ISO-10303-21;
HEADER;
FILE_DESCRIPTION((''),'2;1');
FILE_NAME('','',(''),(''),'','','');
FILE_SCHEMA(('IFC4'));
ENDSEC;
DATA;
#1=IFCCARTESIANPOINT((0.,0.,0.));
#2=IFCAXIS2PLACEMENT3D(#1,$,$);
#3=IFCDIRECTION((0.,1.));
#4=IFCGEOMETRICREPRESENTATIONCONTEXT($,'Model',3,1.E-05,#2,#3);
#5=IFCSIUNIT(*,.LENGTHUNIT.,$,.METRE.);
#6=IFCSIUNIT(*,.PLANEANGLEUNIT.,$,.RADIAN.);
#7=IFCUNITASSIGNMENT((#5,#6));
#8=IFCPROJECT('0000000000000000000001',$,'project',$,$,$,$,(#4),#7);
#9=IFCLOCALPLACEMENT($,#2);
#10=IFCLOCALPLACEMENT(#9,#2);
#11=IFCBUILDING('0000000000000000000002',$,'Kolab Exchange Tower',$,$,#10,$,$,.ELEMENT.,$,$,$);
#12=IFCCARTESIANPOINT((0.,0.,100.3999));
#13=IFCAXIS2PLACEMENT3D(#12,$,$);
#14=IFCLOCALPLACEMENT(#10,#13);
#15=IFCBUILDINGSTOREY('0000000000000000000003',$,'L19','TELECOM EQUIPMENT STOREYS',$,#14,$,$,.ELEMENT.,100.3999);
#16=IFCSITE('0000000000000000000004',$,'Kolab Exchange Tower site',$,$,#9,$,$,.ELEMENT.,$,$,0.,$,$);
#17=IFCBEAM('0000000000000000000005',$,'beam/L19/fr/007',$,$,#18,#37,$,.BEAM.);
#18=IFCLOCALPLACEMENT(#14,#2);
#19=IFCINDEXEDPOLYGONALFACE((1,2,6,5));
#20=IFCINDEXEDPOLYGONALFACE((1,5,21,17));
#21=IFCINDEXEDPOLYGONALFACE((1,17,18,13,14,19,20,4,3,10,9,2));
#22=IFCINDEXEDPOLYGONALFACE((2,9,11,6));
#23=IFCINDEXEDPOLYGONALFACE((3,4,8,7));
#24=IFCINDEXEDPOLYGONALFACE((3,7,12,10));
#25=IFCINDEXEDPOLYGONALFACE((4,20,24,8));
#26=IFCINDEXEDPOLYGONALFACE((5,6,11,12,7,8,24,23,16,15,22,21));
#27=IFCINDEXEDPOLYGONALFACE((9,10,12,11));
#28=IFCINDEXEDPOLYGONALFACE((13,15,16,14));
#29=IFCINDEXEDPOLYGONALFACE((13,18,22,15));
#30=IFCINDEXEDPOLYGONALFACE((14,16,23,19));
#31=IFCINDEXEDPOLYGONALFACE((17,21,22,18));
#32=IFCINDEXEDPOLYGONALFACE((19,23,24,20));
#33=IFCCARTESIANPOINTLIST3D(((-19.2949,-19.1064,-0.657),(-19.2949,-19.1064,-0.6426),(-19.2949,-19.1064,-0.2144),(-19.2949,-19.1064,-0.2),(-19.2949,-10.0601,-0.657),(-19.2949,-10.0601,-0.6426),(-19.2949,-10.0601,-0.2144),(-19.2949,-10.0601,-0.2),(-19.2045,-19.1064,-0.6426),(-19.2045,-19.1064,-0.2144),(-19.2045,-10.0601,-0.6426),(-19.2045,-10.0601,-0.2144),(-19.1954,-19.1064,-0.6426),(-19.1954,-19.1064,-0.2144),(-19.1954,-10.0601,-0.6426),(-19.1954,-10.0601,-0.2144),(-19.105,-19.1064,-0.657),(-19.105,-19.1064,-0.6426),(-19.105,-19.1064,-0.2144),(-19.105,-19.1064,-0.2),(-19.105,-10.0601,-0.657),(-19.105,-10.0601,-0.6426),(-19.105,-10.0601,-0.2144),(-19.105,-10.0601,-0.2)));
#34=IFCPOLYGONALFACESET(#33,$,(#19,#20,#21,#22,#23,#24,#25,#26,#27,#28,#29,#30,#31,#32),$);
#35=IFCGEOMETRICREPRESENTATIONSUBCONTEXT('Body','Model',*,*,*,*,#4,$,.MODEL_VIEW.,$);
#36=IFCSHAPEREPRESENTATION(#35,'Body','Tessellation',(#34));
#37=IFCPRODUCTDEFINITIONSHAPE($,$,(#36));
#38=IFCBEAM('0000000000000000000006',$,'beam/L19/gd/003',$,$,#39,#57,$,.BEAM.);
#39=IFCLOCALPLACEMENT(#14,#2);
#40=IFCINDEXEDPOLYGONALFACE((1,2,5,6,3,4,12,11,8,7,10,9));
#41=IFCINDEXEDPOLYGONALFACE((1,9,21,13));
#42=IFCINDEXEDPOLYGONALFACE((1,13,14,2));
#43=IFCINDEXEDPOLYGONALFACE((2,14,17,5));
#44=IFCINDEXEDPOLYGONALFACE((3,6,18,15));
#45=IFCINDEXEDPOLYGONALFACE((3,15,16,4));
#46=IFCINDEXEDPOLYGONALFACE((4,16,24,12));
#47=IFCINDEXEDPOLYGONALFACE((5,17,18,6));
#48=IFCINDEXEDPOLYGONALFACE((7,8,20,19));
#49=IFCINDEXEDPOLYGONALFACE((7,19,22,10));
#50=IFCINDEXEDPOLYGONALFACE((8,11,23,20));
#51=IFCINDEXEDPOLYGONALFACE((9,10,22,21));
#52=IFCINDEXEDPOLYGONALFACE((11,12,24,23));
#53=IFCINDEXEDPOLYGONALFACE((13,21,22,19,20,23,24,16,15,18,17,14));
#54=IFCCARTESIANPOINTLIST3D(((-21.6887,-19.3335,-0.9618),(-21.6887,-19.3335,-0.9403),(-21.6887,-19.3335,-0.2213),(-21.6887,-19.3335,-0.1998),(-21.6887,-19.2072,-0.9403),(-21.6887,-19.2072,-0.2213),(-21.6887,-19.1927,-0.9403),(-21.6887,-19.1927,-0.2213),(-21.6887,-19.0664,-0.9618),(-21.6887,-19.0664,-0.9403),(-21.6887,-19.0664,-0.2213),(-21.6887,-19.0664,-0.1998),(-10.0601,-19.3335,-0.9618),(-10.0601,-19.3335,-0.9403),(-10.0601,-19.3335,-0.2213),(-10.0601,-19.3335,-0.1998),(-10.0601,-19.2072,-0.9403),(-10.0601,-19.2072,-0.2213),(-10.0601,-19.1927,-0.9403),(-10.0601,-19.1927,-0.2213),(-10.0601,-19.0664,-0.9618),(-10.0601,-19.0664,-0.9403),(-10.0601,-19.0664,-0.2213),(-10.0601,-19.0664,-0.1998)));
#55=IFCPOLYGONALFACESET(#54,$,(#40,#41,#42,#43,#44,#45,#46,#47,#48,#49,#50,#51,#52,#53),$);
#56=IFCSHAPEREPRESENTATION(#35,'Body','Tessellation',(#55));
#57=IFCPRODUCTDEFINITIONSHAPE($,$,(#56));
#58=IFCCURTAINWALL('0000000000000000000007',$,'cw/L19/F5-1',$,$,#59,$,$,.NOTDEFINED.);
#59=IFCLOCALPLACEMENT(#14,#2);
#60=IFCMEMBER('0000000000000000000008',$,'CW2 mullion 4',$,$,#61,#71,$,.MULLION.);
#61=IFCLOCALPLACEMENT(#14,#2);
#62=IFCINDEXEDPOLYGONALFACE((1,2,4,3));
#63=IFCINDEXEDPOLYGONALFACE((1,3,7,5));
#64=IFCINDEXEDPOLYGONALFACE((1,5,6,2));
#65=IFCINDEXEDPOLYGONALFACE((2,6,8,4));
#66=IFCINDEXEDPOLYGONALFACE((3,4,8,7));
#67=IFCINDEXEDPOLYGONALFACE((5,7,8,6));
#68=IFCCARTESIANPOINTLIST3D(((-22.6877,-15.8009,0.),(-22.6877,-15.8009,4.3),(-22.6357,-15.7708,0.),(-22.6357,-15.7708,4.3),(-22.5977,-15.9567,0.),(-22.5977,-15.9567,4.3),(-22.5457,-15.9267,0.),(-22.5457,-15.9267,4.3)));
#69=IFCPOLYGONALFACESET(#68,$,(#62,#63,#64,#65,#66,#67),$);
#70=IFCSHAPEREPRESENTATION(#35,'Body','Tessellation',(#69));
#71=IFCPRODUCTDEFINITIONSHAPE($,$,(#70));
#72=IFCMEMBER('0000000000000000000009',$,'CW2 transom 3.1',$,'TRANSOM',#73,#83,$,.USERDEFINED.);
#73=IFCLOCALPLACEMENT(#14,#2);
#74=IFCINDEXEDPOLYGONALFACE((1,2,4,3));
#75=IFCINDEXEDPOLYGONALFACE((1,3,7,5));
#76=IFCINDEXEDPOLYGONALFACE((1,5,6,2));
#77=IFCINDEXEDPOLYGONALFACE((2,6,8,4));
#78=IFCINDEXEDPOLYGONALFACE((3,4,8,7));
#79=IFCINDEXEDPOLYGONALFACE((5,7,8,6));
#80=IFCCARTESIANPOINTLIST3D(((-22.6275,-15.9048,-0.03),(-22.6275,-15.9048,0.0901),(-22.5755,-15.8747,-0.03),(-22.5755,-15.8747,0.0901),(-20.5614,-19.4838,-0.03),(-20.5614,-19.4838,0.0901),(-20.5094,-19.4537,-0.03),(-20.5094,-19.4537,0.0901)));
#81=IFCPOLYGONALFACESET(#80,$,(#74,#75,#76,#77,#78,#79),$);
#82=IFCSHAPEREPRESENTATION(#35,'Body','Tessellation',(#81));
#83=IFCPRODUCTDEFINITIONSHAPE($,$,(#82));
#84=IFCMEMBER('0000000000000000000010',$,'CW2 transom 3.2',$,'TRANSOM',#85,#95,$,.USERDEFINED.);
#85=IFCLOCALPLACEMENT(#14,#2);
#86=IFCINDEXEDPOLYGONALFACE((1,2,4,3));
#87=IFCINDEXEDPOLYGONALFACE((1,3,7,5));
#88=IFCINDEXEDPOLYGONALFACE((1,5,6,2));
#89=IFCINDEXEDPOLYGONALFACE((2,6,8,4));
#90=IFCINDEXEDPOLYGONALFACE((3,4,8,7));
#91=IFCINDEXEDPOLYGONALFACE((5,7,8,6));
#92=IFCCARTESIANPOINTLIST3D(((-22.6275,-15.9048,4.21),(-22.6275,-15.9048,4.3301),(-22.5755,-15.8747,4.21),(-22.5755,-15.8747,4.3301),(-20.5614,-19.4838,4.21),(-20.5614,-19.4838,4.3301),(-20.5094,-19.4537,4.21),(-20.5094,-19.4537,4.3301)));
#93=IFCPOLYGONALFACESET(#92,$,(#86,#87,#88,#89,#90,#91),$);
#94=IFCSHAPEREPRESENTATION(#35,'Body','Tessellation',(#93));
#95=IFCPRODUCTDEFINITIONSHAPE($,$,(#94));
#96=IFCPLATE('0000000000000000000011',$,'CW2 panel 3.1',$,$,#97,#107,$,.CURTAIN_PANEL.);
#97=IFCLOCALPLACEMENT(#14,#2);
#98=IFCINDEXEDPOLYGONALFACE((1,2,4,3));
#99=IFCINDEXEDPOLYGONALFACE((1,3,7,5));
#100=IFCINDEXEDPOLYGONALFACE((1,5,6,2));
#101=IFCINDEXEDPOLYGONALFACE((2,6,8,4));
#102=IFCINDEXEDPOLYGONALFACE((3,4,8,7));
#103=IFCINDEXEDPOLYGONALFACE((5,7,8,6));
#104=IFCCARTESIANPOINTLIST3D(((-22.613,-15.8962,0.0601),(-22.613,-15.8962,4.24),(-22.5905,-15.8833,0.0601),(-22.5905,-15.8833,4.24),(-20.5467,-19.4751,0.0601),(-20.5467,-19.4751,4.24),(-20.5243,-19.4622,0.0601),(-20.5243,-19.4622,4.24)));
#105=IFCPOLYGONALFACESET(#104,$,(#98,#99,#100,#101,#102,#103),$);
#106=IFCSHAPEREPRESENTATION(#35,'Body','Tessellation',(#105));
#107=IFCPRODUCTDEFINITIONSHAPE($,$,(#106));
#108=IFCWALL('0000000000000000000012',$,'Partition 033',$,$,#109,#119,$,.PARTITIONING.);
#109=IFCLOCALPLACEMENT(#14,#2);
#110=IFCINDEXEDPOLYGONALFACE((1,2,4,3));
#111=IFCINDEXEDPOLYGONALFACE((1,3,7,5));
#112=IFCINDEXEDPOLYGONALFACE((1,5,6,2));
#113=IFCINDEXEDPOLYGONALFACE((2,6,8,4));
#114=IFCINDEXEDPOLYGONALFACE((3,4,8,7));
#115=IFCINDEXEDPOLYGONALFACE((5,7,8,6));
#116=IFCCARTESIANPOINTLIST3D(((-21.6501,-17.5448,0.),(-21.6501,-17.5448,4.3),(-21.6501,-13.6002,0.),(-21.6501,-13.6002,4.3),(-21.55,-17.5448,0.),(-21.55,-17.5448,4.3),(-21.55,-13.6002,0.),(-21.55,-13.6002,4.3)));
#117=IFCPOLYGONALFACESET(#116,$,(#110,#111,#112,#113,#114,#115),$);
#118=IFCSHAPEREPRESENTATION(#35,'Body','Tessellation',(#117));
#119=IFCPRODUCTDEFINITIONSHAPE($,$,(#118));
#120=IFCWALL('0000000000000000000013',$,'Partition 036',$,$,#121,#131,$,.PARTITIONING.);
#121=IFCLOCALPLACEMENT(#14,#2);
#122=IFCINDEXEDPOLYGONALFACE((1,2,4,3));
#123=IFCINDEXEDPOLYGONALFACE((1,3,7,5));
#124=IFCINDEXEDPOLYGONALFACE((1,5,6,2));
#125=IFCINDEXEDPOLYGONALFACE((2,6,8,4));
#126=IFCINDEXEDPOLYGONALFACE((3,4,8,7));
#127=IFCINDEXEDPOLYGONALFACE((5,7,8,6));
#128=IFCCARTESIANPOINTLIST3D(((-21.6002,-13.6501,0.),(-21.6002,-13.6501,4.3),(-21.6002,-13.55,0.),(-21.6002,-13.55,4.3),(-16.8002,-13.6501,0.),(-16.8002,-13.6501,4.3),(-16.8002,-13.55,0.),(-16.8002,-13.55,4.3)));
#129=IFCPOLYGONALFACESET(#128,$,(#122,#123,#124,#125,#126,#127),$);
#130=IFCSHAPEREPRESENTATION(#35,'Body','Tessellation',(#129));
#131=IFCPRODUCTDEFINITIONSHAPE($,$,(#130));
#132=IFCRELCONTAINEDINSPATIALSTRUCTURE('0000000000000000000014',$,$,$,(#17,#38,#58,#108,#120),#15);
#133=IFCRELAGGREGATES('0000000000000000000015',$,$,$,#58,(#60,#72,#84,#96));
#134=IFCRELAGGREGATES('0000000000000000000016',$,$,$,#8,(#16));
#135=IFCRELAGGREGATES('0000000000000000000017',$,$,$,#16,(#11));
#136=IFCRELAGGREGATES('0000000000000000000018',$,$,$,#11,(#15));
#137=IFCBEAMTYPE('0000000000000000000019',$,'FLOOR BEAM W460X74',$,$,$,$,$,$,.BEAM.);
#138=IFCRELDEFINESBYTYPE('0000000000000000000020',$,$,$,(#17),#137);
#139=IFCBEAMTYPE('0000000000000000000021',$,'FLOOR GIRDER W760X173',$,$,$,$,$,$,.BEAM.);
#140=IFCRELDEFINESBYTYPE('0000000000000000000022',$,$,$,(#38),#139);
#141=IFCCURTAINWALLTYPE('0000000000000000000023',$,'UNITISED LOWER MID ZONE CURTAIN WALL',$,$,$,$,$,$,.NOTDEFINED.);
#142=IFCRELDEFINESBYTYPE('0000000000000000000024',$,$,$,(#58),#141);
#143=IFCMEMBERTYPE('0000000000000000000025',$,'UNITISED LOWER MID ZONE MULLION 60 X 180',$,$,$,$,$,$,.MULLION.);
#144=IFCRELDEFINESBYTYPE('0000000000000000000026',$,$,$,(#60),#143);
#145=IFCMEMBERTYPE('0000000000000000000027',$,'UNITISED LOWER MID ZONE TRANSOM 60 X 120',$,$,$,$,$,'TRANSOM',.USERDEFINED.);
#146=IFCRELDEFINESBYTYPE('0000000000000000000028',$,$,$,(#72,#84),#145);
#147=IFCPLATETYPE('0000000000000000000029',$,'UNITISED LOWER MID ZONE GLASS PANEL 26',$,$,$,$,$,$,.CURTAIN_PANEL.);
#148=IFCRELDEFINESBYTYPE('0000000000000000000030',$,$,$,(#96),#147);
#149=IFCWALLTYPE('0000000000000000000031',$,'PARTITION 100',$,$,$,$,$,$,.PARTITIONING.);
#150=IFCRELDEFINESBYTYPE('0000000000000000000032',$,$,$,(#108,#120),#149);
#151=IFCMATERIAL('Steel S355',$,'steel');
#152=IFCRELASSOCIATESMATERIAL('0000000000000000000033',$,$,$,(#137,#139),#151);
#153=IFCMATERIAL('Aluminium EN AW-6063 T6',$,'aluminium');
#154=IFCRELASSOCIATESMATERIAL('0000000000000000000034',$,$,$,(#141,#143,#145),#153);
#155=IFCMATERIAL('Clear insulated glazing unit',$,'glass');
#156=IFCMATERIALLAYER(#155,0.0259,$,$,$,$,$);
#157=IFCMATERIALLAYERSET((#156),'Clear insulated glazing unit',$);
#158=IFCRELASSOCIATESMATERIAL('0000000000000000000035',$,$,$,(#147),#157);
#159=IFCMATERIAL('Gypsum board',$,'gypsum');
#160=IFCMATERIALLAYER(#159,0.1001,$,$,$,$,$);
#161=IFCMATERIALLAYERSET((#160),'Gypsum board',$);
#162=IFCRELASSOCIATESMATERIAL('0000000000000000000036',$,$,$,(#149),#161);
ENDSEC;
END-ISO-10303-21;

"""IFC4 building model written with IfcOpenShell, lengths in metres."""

from ifc_helpers import new_model, si_unit, direction, frame, frame_2d, origin, origin_2d, place, context, subcontext, project, spatial, rectangle, i_section, extrude, material, layer, layer_set, material_profile, profile_set, type_object, element, aggregate, save


model = new_model("IFC4")

# Units and contexts
model_context = context("Model", 3, precision=1e-05, world=origin(), true_north=direction((0.0, 1.0)))
body_context = subcontext(model_context, "Body", "Model", "MODEL_VIEW")
ifc_project = project(units=[si_unit("LENGTHUNIT", "METRE"), si_unit("PLANEANGLEUNIT", "RADIAN")], contexts=[model_context])

# Site, building, storey
site_placement = place(None, origin())
site = spatial("IfcSite", under=ifc_project, at=site_placement, Name="Kolab Exchange Tower site", CompositionType="ELEMENT", RefElevation=0.0)
building_placement = place(site_placement, origin())
building = spatial("IfcBuilding", under=site, at=building_placement, Name="Kolab Exchange Tower", CompositionType="ELEMENT")
storey_placement = place(building_placement, frame((0.0, 0.0, 100.3999)))
storey = spatial("IfcBuildingStorey", under=building, at=storey_placement, Name="L19", Description="TELECOM EQUIPMENT STOREYS", CompositionType="ELEMENT", Elevation=100.3999)

# Beams
ifc_material_1 = material(Name="Steel S355", Category="steel")
ifc_material_profile_1 = material_profile(ifc_material_1, i_section(OverallWidth=0.1899, OverallDepth=0.457, WebThickness=0.009, FlangeThickness=0.0144, at=origin_2d()), Name="W460X74")
ifc_profile_set_1 = profile_set([ifc_material_profile_1], Name="Steel S355")
beam_type_1 = type_object("IfcBeamType", Name="FLOOR BEAM W460X74", PredefinedType="BEAM", material=ifc_profile_set_1)
beam_1_placement = place(storey_placement, frame((-19.2, -19.1064, -0.4285), z_axis=(0.0, 1.0, 0.0), x_axis=(-1.0, 0.0, 0.0)))
element("IfcBeam", 1, at=beam_1_placement, inside=storey, type_object=beam_type_1, Name="beam/L19/fr/007", PredefinedType="BEAM", context=body_context, shape_type="SweptSolid", body=[
    extrude(i_section(OverallWidth=0.1899, OverallDepth=0.457, WebThickness=0.009, FlangeThickness=0.0144, at=origin_2d()), origin(), (0.0, 0.0, 1.0), 9.0464),
])
ifc_material_profile_2 = material_profile(ifc_material_1, i_section(OverallWidth=0.2671, OverallDepth=0.762, WebThickness=0.0144, FlangeThickness=0.0215, at=origin_2d()), Name="W760X173")
ifc_profile_set_2 = profile_set([ifc_material_profile_2], Name="Steel S355")
beam_type_2 = type_object("IfcBeamType", Name="FLOOR GIRDER W760X173", PredefinedType="BEAM", material=ifc_profile_set_2)
beam_2_placement = place(storey_placement, frame((-21.6887, -19.2, -0.5808), z_axis=(1.0, 0.0, 0.0), x_axis=(0.0, 1.0, 0.0)))
element("IfcBeam", 2, at=beam_2_placement, inside=storey, type_object=beam_type_2, Name="beam/L19/gd/003", PredefinedType="BEAM", context=body_context, shape_type="SweptSolid", body=[
    extrude(i_section(OverallWidth=0.2671, OverallDepth=0.762, WebThickness=0.0144, FlangeThickness=0.0215, at=origin_2d()), origin(), (0.0, 0.0, 1.0), 11.6287),
])

# Curtain wall, members, plate
ifc_material_2 = material(Name="Aluminium EN AW-6063 T6", Category="aluminium")
curtain_wall_type = type_object("IfcCurtainWallType", Name="UNITISED LOWER MID ZONE CURTAIN WALL", PredefinedType="NOTDEFINED", material=ifc_material_2)
curtain_wall_placement = place(storey_placement, origin())
curtain_wall = element("IfcCurtainWall", 3, at=curtain_wall_placement, inside=storey, type_object=curtain_wall_type, Name="cw/L19/F5-1", PredefinedType="NOTDEFINED")
ifc_material_profile_3 = material_profile(ifc_material_2, rectangle(XDim=0.0601, YDim=0.1799, at=origin_2d()), Name="RECT 60X180")
ifc_profile_set_3 = profile_set([ifc_material_profile_3], Name="Aluminium EN AW-6063 T6")
member_type_1 = type_object("IfcMemberType", Name="UNITISED LOWER MID ZONE MULLION 60 X 180", PredefinedType="MULLION", material=ifc_profile_set_3)
member_1_placement = place(storey_placement, frame((-22.6167, -15.8638, 0.0), z_axis=(0.0, 0.0, 1.0), x_axis=(-0.866025, -0.5, 0.0)))
member_1 = element("IfcMember", 4, at=member_1_placement, type_object=member_type_1, Name="CW2 mullion 4", PredefinedType="MULLION", context=body_context, shape_type="SweptSolid", body=[
    extrude(rectangle(XDim=0.0601, YDim=0.1799, at=origin_2d()), origin(), (0.0, 0.0, 1.0), 4.3),
])
ifc_material_profile_4 = material_profile(ifc_material_2, rectangle(XDim=0.0601, YDim=0.1201, at=origin_2d()), Name="RECT 60X120")
ifc_profile_set_4 = profile_set([ifc_material_profile_4], Name="Aluminium EN AW-6063 T6")
member_type_2 = type_object("IfcMemberType", Name="UNITISED LOWER MID ZONE TRANSOM 60 X 120", ElementType="TRANSOM", PredefinedType="USERDEFINED", material=ifc_profile_set_4)
member_2_placement = place(storey_placement, frame((-20.5354, -19.4688, 0.03), z_axis=(-0.499958, 0.86605, 0.0), x_axis=(-0.86605, -0.499958, 0.0)))
member_2 = element("IfcMember", 5, at=member_2_placement, type_object=member_type_2, Name="CW2 transom 3.1", ObjectType="TRANSOM", PredefinedType="USERDEFINED", context=body_context, shape_type="SweptSolid", body=[
    extrude(rectangle(XDim=0.0601, YDim=0.1201, at=origin_2d()), origin(), (0.0, 0.0, 1.0), 4.1326),
])
member_3_placement = place(storey_placement, frame((-20.5354, -19.4688, 4.27), z_axis=(-0.499958, 0.86605, 0.0), x_axis=(-0.86605, -0.499958, 0.0)))
member_3 = element("IfcMember", 6, at=member_3_placement, type_object=member_type_2, Name="CW2 transom 3.2", ObjectType="TRANSOM", PredefinedType="USERDEFINED", context=body_context, shape_type="SweptSolid", body=[
    extrude(rectangle(XDim=0.0601, YDim=0.1201, at=origin_2d()), origin(), (0.0, 0.0, 1.0), 4.1326),
])
ifc_material_3 = material(Name="Clear insulated glazing unit", Category="glass")
ifc_layer_1 = layer(ifc_material_3, 0.0259)
ifc_layer_set_1 = layer_set([ifc_layer_1], Name="Clear insulated glazing unit")
plate_type = type_object("IfcPlateType", Name="UNITISED LOWER MID ZONE GLASS PANEL 26", PredefinedType="CURTAIN_PANEL", material=ifc_layer_set_1)
plate_placement = place(storey_placement, frame((-21.5686, -17.6792, 0.0601), z_axis=(0.0, 0.0, 1.0), x_axis=(-0.5, 0.866025, 0.0)))
plate = element("IfcPlate", 7, at=plate_placement, type_object=plate_type, Name="CW2 panel 3.1", PredefinedType="CURTAIN_PANEL", context=body_context, shape_type="SweptSolid", body=[
    extrude(rectangle(XDim=4.1326, YDim=0.0259, at=origin_2d()), origin(), (0.0, 0.0, 1.0), 4.1799),
])
aggregate(curtain_wall, [member_1, member_2, member_3, plate])

# Walls
ifc_material_4 = material(Name="Gypsum board", Category="gypsum")
ifc_layer_2 = layer(ifc_material_4, 0.1001)
ifc_layer_set_2 = layer_set([ifc_layer_2], Name="Gypsum board")
wall_type_1 = type_object("IfcWallType", Name="PARTITION 100", PredefinedType="PARTITIONING", material=ifc_layer_set_2)
wall_1_placement = place(storey_placement, frame((-21.6001, -17.5447, 0.0), z_axis=(0.0, 0.0, 1.0), x_axis=(0.0, 1.0, 0.0)))
element("IfcWall", 8, at=wall_1_placement, inside=storey, type_object=wall_type_1, Name="Partition 033", PredefinedType="PARTITIONING", context=body_context, shape_type="SweptSolid", body=[
    extrude(rectangle(XDim=3.9446, YDim=0.1001, at=frame_2d((1.9722, 0.0))), origin(), (0.0, 0.0, 1.0), 4.3),
])
wall_2_placement = place(storey_placement, frame((-21.6001, -13.6001, 0.0), z_axis=(0.0, 0.0, 1.0), x_axis=(1.0, 0.0, 0.0)))
element("IfcWall", 9, at=wall_2_placement, inside=storey, type_object=wall_type_1, Name="Partition 036", PredefinedType="PARTITIONING", context=body_context, shape_type="SweptSolid", body=[
    extrude(rectangle(XDim=4.8, YDim=0.1001, at=frame_2d((2.3999, 0.0))), origin(), (0.0, 0.0, 1.0), 4.3),
])

save(model, "model.ifc")
